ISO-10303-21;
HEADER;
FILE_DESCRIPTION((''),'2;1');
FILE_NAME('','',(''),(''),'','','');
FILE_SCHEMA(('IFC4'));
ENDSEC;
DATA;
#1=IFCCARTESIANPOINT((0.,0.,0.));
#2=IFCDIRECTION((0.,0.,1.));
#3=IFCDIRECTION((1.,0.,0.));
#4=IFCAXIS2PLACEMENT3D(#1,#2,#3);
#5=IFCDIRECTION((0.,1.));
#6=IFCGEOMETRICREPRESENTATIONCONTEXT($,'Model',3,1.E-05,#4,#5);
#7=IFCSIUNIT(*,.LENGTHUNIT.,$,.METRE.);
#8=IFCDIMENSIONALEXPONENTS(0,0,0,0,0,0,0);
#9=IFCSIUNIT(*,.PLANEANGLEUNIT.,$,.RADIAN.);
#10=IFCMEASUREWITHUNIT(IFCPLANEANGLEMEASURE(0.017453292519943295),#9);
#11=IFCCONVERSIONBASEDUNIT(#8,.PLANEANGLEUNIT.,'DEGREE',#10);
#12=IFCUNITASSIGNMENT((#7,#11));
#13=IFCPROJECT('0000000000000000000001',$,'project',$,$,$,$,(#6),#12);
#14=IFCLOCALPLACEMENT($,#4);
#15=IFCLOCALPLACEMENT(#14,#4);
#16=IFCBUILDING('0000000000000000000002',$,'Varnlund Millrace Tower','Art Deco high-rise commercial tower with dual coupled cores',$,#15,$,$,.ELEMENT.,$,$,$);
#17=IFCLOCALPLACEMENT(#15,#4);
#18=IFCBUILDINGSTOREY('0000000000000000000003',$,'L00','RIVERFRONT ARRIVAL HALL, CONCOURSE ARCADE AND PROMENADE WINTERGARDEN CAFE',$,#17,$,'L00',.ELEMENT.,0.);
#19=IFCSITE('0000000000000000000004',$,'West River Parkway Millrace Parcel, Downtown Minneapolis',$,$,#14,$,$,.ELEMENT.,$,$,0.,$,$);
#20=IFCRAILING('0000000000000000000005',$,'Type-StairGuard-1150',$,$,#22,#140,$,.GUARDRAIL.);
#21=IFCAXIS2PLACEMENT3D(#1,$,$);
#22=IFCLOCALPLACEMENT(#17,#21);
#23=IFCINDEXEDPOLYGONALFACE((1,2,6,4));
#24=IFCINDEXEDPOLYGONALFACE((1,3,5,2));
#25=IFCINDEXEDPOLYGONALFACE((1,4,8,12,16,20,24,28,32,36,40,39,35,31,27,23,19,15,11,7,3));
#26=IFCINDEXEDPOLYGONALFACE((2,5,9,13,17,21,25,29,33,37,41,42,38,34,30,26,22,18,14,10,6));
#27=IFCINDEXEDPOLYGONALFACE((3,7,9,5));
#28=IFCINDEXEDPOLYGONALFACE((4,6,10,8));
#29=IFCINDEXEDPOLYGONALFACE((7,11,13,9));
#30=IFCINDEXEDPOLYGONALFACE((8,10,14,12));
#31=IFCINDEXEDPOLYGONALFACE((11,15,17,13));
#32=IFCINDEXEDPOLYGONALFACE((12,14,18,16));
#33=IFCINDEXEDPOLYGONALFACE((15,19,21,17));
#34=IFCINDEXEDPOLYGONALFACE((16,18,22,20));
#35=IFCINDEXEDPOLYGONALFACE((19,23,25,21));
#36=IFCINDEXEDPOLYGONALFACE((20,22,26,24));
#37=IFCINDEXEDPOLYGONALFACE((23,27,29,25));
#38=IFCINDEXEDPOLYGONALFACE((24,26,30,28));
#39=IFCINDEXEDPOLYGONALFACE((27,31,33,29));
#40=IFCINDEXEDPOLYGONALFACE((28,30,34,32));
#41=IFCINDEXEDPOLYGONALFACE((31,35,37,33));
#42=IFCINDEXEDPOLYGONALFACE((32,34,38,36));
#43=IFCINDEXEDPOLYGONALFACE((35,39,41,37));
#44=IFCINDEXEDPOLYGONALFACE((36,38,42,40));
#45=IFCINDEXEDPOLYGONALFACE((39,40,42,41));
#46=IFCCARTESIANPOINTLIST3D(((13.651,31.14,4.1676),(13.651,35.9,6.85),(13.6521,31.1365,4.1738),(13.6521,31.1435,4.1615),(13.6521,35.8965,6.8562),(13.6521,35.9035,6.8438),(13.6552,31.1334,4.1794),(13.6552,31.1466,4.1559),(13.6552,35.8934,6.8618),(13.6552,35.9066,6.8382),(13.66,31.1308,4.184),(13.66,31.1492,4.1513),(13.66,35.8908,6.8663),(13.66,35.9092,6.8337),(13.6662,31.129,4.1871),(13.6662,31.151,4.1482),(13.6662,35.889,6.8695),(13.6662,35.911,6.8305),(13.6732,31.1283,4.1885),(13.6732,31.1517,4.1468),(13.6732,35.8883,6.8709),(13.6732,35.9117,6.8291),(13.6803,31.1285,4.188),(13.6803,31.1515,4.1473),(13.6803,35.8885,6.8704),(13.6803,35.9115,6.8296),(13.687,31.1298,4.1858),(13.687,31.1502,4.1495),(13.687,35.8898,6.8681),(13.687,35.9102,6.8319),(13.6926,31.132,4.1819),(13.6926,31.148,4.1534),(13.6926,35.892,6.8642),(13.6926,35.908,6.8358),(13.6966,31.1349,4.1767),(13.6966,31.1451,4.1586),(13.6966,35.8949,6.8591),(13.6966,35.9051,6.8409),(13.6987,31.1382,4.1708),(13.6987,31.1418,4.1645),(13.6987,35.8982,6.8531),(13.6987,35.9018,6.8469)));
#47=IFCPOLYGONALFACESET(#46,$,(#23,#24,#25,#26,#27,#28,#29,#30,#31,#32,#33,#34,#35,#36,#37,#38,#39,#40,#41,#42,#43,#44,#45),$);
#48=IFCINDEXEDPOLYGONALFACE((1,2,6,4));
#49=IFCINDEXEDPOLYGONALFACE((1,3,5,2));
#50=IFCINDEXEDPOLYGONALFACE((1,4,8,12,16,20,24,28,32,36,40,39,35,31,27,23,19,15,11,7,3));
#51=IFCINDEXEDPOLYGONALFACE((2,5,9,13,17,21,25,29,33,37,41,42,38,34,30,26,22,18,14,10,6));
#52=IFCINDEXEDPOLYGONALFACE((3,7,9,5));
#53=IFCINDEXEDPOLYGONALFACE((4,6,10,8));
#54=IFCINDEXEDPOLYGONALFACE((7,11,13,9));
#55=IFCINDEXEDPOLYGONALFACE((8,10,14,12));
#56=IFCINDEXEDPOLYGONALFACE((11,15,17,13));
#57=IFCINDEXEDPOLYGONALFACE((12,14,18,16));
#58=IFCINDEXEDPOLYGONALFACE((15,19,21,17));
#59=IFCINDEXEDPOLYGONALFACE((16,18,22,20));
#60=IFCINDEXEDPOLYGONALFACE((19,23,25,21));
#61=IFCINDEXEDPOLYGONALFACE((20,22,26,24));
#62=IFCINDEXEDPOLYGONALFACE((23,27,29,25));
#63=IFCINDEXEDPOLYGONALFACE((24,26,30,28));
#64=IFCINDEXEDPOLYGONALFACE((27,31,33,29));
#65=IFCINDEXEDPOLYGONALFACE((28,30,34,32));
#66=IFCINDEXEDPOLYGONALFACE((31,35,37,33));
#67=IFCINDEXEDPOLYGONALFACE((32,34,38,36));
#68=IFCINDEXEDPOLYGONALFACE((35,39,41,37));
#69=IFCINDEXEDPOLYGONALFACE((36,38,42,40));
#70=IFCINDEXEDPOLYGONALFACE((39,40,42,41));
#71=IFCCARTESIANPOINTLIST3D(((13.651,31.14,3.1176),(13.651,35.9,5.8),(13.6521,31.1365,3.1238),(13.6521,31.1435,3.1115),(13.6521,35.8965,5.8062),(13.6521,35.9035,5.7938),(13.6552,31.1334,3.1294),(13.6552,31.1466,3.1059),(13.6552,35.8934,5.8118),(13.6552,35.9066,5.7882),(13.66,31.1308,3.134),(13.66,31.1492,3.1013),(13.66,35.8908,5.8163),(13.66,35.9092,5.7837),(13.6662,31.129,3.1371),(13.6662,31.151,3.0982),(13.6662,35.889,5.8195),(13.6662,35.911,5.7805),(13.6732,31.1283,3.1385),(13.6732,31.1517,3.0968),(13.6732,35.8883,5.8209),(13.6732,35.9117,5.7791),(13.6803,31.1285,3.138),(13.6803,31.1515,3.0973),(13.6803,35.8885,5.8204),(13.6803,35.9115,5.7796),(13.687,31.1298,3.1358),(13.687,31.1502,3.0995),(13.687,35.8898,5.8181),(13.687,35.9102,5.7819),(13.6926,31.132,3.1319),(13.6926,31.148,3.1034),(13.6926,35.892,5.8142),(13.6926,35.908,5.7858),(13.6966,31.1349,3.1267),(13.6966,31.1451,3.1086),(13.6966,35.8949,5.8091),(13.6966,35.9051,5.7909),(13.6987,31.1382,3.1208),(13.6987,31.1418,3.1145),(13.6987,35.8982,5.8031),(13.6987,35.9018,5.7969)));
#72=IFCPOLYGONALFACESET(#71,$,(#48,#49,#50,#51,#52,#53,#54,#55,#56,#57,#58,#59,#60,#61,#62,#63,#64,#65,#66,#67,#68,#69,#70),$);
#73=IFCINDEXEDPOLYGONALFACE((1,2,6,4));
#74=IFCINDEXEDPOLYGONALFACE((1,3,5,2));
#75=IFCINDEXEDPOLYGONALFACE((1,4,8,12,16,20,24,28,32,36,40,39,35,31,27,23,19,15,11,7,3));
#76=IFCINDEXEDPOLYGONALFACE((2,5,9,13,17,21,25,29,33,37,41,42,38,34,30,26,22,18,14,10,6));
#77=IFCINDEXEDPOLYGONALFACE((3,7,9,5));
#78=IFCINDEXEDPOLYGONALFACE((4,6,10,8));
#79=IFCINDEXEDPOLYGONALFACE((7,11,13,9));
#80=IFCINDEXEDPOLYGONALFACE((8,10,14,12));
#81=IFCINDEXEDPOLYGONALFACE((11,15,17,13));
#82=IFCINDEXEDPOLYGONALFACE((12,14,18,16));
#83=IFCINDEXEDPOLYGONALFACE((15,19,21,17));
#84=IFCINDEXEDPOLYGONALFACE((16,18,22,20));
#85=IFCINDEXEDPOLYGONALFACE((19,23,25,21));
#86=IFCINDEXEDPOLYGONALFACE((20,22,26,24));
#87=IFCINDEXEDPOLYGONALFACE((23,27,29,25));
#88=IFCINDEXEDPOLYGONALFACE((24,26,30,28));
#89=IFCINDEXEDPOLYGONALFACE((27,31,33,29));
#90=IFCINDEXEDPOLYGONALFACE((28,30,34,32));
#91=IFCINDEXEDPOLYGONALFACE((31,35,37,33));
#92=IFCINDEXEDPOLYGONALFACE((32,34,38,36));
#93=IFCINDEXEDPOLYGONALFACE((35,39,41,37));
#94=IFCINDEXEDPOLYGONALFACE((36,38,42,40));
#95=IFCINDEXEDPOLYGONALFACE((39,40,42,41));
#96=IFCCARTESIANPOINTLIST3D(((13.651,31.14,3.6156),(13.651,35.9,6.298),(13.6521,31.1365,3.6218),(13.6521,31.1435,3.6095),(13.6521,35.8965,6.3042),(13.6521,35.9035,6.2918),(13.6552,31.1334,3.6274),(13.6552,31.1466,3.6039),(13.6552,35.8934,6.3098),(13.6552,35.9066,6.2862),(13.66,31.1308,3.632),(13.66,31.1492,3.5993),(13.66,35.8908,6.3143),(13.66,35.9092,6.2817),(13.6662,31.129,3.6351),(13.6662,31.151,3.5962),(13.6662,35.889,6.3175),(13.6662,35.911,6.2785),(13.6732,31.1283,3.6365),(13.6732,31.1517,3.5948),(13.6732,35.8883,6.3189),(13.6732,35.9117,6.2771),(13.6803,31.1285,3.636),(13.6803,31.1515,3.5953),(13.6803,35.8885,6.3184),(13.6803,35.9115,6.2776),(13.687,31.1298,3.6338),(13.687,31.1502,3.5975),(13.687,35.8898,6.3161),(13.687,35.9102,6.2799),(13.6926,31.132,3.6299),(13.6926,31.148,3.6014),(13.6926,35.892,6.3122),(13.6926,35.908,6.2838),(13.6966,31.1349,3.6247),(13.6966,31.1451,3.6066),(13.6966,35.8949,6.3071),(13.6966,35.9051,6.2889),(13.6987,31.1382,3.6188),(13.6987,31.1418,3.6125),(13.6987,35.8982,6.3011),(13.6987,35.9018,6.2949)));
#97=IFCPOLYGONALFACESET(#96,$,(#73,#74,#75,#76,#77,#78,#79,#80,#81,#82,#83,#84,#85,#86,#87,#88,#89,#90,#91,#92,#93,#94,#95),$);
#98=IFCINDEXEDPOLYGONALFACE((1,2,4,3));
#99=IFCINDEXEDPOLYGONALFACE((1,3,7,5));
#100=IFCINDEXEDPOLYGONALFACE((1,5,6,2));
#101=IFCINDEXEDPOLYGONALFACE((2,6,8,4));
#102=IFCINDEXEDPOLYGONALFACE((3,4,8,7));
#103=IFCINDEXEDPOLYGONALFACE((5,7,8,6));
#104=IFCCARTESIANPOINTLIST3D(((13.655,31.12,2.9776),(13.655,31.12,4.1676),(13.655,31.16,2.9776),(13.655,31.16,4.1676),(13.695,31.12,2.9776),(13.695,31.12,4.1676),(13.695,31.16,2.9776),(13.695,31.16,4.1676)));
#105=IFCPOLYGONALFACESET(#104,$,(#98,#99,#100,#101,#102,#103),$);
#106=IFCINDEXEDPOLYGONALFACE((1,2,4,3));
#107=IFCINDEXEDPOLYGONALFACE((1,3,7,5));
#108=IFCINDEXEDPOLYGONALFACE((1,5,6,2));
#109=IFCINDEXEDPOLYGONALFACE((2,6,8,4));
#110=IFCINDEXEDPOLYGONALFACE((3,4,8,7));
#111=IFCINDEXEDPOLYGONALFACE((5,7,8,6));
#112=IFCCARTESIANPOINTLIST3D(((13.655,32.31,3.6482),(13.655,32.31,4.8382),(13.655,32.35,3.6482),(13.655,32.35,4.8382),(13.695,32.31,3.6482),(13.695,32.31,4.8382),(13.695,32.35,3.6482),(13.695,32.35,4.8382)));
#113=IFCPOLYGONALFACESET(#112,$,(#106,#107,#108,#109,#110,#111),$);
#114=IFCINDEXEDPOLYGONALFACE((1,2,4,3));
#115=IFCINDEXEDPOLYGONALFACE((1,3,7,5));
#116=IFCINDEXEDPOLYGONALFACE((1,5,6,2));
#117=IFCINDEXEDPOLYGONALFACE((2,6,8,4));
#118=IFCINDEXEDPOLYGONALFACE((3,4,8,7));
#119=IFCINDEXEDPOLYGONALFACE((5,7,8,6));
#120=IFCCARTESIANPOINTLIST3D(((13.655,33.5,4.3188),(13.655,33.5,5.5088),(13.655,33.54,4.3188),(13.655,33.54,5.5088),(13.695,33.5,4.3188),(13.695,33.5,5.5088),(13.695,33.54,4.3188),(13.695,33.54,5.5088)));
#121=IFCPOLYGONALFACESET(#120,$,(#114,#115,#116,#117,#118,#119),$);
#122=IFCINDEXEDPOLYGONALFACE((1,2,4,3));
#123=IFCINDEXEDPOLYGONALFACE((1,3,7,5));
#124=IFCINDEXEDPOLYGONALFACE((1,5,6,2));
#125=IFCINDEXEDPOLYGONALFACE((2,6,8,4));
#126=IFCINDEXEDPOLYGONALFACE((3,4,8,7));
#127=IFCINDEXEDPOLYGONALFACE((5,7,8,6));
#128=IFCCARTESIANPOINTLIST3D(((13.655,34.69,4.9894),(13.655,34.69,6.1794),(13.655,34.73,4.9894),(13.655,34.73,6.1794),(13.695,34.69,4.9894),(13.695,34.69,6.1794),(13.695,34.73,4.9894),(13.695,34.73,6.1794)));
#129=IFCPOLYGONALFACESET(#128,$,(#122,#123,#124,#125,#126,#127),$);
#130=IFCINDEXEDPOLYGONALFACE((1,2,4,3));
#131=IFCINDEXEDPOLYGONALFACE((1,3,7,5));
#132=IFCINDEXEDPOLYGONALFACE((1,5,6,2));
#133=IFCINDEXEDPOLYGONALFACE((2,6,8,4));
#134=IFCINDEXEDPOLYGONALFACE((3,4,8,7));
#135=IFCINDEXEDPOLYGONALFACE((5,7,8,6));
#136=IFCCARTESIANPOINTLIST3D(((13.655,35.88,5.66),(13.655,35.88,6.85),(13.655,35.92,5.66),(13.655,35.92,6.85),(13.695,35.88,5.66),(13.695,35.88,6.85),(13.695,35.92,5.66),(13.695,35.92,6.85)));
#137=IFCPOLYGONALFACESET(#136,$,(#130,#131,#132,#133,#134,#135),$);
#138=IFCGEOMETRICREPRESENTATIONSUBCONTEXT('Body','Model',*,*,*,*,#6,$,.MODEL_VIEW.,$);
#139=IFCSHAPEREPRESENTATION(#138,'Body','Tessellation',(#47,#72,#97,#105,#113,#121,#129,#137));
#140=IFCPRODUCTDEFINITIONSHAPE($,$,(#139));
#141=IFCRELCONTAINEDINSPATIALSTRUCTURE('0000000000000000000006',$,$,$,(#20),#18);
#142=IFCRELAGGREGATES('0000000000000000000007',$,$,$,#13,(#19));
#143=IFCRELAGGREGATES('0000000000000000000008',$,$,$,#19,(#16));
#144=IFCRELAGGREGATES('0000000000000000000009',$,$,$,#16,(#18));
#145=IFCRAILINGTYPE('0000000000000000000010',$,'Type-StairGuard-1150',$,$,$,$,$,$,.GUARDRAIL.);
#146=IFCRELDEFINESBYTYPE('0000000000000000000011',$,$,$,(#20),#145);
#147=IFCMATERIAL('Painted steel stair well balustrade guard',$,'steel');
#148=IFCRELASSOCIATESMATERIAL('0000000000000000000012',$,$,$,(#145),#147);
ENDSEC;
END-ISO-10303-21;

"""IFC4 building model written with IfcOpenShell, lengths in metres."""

from ifc_helpers import new_model, entity, si_unit, converted_unit, direction, frame, origin_with_axes, origin_2d_with_axis, place, context, subcontext, project, spatial, rectangle, circle, extrude, material, type_object, element, save


model = new_model("IFC4")

# Units and contexts
model_context = context("Model", 3, precision=1e-05, world=origin_with_axes(), true_north=direction((0.0, 1.0)))
body_context = subcontext(model_context, "Body", "Model", "MODEL_VIEW")
ifc_project = project(units=[si_unit("LENGTHUNIT", "METRE"), converted_unit("PLANEANGLEUNIT", "DEGREE", entity("IfcPlaneAngleMeasure", 0.017453292519943295), si_unit("PLANEANGLEUNIT", "RADIAN"), dimensions=[0, 0, 0, 0, 0, 0, 0])], contexts=[model_context])

# Site, building, storey
site_placement = place(None, origin_with_axes())
site = spatial("IfcSite", under=ifc_project, at=site_placement, Name="West River Parkway Millrace Parcel, Downtown Minneapolis", CompositionType="ELEMENT", RefElevation=0.0)
building_placement = place(site_placement, origin_with_axes())
building = spatial("IfcBuilding", under=site, at=building_placement, Name="Varnlund Millrace Tower", Description="Art Deco high-rise commercial tower with dual coupled cores", CompositionType="ELEMENT")
storey_placement = place(building_placement, origin_with_axes())
storey = spatial("IfcBuildingStorey", under=building, at=storey_placement, Name="L00", Description="RIVERFRONT ARRIVAL HALL, CONCOURSE ARCADE AND PROMENADE WINTERGARDEN CAFE", LongName="L00", CompositionType="ELEMENT", Elevation=0.0)

# Railing
ifc_material_1 = material(Name="Painted steel stair well balustrade guard", Category="steel")
railing_type_1 = type_object("IfcRailingType", Name="Type-StairGuard-1150", PredefinedType="GUARDRAIL", material=ifc_material_1)
railing_1_placement = place(storey_placement, origin_with_axes())
element("IfcRailing", 1, at=railing_1_placement, inside=storey, type_object=railing_type_1, Name="Type-StairGuard-1150", PredefinedType="GUARDRAIL", context=body_context, shape_type="SweptSolid", body=[
    extrude(circle(Radius=0.024, at=origin_2d_with_axis()), frame((13.675, 31.14, 4.1676), z_axis=(0.0, 0.871196, 0.490936), x_axis=(-1.0, 0.0, 0.0)), (0.0, 0.0, 1.0), 5.4638),
    extrude(circle(Radius=0.024, at=origin_2d_with_axis()), frame((13.675, 31.14, 3.1176), z_axis=(0.0, 0.871196, 0.490936), x_axis=(-1.0, 0.0, 0.0)), (0.0, 0.0, 1.0), 5.4638),
    extrude(circle(Radius=0.024, at=origin_2d_with_axis()), frame((13.675, 31.14, 3.6156), z_axis=(0.0, 0.871196, 0.490936), x_axis=(-1.0, 0.0, 0.0)), (0.0, 0.0, 1.0), 5.4638),
    extrude(rectangle(XDim=0.04, YDim=0.04, at=origin_2d_with_axis()), frame((13.675, 31.14, 2.9776), z_axis=(0.0, 0.0, 1.0), x_axis=(1.0, 0.0, 0.0)), (0.0, 0.0, 1.0), 1.19),
    extrude(rectangle(XDim=0.04, YDim=0.04, at=origin_2d_with_axis()), frame((13.675, 32.33, 3.6482), z_axis=(0.0, 0.0, 1.0), x_axis=(1.0, 0.0, 0.0)), (0.0, 0.0, 1.0), 1.19),
    extrude(rectangle(XDim=0.04, YDim=0.04, at=origin_2d_with_axis()), frame((13.675, 33.52, 4.3188), z_axis=(0.0, 0.0, 1.0), x_axis=(1.0, 0.0, 0.0)), (0.0, 0.0, 1.0), 1.19),
    extrude(rectangle(XDim=0.04, YDim=0.04, at=origin_2d_with_axis()), frame((13.675, 34.71, 4.9894), z_axis=(0.0, 0.0, 1.0), x_axis=(1.0, 0.0, 0.0)), (0.0, 0.0, 1.0), 1.19),
    extrude(rectangle(XDim=0.04, YDim=0.04, at=origin_2d_with_axis()), frame((13.675, 35.9, 5.66), z_axis=(0.0, 0.0, 1.0), x_axis=(1.0, 0.0, 0.0)), (0.0, 0.0, 1.0), 1.19),
])

save(model, "model.ifc")
